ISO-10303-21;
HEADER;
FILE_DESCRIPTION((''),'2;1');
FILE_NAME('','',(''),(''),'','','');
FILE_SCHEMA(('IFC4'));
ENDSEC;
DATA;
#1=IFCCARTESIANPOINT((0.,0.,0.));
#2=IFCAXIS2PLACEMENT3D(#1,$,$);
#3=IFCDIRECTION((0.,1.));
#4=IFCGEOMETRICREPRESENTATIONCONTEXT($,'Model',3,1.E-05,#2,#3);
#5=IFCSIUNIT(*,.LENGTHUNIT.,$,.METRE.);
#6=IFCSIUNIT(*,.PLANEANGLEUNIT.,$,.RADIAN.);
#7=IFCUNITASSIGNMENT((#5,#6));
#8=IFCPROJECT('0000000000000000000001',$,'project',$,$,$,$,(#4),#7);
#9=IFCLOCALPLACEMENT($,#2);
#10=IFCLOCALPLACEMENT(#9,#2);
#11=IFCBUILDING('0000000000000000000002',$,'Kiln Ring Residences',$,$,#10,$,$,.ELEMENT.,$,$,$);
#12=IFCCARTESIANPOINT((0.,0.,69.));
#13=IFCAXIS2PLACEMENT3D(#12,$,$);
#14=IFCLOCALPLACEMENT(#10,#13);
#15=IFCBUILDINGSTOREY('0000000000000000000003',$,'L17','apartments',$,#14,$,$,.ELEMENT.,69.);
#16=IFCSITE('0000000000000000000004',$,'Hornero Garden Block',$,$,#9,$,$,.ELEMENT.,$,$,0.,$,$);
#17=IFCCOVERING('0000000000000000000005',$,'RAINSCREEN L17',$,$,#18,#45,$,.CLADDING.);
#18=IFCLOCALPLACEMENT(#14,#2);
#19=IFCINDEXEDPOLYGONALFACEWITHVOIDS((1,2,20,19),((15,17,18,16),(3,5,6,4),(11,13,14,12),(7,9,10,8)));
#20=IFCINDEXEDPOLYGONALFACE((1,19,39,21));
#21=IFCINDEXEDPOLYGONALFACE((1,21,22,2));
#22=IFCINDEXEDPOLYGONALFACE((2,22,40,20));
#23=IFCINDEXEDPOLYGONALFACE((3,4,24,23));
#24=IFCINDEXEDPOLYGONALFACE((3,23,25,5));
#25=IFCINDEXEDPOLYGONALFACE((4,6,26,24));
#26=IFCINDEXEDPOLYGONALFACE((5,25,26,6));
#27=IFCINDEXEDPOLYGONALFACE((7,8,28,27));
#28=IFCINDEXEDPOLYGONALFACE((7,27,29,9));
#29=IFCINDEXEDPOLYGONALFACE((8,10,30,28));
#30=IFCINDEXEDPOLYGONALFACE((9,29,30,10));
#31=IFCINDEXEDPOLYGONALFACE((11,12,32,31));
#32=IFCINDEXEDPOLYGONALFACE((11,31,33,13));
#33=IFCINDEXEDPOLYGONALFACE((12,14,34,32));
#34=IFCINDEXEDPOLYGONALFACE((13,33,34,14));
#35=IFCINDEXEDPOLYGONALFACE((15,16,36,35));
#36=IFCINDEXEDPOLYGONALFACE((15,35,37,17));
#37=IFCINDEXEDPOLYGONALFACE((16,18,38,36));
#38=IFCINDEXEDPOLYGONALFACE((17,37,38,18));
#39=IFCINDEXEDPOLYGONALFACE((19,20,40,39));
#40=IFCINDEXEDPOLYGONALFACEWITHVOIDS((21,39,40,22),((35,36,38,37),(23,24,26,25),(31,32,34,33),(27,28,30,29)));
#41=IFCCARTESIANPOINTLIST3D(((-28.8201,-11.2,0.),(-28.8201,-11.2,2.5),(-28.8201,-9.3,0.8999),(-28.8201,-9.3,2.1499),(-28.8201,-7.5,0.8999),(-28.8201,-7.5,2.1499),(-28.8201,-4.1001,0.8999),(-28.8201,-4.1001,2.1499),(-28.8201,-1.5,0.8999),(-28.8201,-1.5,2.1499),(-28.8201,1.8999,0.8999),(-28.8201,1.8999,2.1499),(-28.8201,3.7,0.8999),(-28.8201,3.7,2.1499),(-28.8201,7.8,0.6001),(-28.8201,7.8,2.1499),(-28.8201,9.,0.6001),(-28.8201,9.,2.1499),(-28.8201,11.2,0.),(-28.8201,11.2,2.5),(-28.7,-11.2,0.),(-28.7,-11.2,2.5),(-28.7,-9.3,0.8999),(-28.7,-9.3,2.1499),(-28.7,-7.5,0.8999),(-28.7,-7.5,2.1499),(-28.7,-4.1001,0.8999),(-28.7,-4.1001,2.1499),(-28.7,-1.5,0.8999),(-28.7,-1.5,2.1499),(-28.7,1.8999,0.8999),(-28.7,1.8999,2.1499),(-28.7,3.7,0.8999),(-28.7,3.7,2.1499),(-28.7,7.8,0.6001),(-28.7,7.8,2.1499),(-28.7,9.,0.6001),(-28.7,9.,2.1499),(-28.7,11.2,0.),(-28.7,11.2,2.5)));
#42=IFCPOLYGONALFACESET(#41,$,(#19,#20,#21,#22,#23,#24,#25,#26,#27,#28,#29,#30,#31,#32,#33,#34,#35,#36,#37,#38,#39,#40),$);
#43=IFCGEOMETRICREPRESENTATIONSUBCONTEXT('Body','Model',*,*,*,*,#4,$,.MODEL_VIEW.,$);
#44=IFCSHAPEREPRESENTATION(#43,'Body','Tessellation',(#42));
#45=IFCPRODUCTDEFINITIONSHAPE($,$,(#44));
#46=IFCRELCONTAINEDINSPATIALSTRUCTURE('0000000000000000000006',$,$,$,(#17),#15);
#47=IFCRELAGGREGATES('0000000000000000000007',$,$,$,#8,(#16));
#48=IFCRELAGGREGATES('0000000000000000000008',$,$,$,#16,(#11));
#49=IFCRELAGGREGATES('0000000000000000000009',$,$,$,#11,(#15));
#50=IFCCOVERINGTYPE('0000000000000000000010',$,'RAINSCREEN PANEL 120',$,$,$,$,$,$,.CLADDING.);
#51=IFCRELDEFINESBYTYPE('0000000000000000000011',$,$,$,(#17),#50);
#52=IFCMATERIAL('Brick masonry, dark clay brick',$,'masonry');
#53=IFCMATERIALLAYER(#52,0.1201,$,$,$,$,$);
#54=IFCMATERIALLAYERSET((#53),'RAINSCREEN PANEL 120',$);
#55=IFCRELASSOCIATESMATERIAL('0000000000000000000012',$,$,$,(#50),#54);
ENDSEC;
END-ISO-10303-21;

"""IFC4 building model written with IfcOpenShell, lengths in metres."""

from ifc_helpers import new_model, si_unit, direction, frame, origin, place, context, subcontext, project, spatial, polyline, outline, extrude, material, layer, layer_set, type_object, element, save


model = new_model("IFC4")

# Units and contexts
model_context = context("Model", 3, precision=1e-05, world=origin(), true_north=direction((0.0, 1.0)))
body_context = subcontext(model_context, "Body", "Model", "MODEL_VIEW")
ifc_project = project(units=[si_unit("LENGTHUNIT", "METRE"), si_unit("PLANEANGLEUNIT", "RADIAN")], contexts=[model_context])

# Site, building, storey
site_placement = place(None, origin())
site = spatial("IfcSite", under=ifc_project, at=site_placement, Name="Hornero Garden Block", CompositionType="ELEMENT", RefElevation=0.0)
building_placement = place(site_placement, origin())
building = spatial("IfcBuilding", under=site, at=building_placement, Name="Kiln Ring Residences", CompositionType="ELEMENT")
storey_placement = place(building_placement, frame((0.0, 0.0, 69.0)))
storey = spatial("IfcBuildingStorey", under=building, at=storey_placement, Name="L17", Description="apartments", CompositionType="ELEMENT", Elevation=69.0)

# Covering
ifc_material_1 = material(Name="Brick masonry, dark clay brick", Category="masonry")
ifc_layer_1 = layer(ifc_material_1, 0.1201)
ifc_layer_set_1 = layer_set([ifc_layer_1], Name="RAINSCREEN PANEL 120")
covering_type = type_object("IfcCoveringType", Name="RAINSCREEN PANEL 120", PredefinedType="CLADDING", material=ifc_layer_set_1)
covering_placement = place(storey_placement, frame((-28.76, 11.2, 0.0), z_axis=(0.0, 0.0, 1.0), x_axis=(0.0, -1.0, 0.0)))
element("IfcCovering", 1, at=covering_placement, inside=storey, type_object=covering_type, Name="RAINSCREEN L17", PredefinedType="CLADDING", context=body_context, shape_type="SweptSolid", body=[
    extrude(outline(polyline([(0.0, 0.0), (22.3999, 0.0), (22.3999, 2.5), (0.0, 2.5), (0.0, 0.0)]), holes=[polyline([(3.3999, 0.6001), (3.3999, 2.1499), (2.2, 2.1499), (2.2, 0.6001), (3.3999, 0.6001)]), polyline([(9.3, 0.8999), (9.3, 2.1499), (7.5, 2.1499), (7.5, 0.8999), (9.3, 0.8999)]), polyline([(15.3, 0.8999), (15.3, 2.1499), (12.7, 2.1499), (12.7, 0.8999), (15.3, 0.8999)]), polyline([(20.5, 0.8999), (20.5, 2.1499), (18.7, 2.1499), (18.7, 0.8999), (20.5, 0.8999)])]), frame((0.0, 0.0601, 0.0), z_axis=(0.0, -1.0, 0.0), x_axis=(1.0, 0.0, 0.0)), (0.0, 0.0, 1.0), 0.1201),
])

save(model, "model.ifc")
